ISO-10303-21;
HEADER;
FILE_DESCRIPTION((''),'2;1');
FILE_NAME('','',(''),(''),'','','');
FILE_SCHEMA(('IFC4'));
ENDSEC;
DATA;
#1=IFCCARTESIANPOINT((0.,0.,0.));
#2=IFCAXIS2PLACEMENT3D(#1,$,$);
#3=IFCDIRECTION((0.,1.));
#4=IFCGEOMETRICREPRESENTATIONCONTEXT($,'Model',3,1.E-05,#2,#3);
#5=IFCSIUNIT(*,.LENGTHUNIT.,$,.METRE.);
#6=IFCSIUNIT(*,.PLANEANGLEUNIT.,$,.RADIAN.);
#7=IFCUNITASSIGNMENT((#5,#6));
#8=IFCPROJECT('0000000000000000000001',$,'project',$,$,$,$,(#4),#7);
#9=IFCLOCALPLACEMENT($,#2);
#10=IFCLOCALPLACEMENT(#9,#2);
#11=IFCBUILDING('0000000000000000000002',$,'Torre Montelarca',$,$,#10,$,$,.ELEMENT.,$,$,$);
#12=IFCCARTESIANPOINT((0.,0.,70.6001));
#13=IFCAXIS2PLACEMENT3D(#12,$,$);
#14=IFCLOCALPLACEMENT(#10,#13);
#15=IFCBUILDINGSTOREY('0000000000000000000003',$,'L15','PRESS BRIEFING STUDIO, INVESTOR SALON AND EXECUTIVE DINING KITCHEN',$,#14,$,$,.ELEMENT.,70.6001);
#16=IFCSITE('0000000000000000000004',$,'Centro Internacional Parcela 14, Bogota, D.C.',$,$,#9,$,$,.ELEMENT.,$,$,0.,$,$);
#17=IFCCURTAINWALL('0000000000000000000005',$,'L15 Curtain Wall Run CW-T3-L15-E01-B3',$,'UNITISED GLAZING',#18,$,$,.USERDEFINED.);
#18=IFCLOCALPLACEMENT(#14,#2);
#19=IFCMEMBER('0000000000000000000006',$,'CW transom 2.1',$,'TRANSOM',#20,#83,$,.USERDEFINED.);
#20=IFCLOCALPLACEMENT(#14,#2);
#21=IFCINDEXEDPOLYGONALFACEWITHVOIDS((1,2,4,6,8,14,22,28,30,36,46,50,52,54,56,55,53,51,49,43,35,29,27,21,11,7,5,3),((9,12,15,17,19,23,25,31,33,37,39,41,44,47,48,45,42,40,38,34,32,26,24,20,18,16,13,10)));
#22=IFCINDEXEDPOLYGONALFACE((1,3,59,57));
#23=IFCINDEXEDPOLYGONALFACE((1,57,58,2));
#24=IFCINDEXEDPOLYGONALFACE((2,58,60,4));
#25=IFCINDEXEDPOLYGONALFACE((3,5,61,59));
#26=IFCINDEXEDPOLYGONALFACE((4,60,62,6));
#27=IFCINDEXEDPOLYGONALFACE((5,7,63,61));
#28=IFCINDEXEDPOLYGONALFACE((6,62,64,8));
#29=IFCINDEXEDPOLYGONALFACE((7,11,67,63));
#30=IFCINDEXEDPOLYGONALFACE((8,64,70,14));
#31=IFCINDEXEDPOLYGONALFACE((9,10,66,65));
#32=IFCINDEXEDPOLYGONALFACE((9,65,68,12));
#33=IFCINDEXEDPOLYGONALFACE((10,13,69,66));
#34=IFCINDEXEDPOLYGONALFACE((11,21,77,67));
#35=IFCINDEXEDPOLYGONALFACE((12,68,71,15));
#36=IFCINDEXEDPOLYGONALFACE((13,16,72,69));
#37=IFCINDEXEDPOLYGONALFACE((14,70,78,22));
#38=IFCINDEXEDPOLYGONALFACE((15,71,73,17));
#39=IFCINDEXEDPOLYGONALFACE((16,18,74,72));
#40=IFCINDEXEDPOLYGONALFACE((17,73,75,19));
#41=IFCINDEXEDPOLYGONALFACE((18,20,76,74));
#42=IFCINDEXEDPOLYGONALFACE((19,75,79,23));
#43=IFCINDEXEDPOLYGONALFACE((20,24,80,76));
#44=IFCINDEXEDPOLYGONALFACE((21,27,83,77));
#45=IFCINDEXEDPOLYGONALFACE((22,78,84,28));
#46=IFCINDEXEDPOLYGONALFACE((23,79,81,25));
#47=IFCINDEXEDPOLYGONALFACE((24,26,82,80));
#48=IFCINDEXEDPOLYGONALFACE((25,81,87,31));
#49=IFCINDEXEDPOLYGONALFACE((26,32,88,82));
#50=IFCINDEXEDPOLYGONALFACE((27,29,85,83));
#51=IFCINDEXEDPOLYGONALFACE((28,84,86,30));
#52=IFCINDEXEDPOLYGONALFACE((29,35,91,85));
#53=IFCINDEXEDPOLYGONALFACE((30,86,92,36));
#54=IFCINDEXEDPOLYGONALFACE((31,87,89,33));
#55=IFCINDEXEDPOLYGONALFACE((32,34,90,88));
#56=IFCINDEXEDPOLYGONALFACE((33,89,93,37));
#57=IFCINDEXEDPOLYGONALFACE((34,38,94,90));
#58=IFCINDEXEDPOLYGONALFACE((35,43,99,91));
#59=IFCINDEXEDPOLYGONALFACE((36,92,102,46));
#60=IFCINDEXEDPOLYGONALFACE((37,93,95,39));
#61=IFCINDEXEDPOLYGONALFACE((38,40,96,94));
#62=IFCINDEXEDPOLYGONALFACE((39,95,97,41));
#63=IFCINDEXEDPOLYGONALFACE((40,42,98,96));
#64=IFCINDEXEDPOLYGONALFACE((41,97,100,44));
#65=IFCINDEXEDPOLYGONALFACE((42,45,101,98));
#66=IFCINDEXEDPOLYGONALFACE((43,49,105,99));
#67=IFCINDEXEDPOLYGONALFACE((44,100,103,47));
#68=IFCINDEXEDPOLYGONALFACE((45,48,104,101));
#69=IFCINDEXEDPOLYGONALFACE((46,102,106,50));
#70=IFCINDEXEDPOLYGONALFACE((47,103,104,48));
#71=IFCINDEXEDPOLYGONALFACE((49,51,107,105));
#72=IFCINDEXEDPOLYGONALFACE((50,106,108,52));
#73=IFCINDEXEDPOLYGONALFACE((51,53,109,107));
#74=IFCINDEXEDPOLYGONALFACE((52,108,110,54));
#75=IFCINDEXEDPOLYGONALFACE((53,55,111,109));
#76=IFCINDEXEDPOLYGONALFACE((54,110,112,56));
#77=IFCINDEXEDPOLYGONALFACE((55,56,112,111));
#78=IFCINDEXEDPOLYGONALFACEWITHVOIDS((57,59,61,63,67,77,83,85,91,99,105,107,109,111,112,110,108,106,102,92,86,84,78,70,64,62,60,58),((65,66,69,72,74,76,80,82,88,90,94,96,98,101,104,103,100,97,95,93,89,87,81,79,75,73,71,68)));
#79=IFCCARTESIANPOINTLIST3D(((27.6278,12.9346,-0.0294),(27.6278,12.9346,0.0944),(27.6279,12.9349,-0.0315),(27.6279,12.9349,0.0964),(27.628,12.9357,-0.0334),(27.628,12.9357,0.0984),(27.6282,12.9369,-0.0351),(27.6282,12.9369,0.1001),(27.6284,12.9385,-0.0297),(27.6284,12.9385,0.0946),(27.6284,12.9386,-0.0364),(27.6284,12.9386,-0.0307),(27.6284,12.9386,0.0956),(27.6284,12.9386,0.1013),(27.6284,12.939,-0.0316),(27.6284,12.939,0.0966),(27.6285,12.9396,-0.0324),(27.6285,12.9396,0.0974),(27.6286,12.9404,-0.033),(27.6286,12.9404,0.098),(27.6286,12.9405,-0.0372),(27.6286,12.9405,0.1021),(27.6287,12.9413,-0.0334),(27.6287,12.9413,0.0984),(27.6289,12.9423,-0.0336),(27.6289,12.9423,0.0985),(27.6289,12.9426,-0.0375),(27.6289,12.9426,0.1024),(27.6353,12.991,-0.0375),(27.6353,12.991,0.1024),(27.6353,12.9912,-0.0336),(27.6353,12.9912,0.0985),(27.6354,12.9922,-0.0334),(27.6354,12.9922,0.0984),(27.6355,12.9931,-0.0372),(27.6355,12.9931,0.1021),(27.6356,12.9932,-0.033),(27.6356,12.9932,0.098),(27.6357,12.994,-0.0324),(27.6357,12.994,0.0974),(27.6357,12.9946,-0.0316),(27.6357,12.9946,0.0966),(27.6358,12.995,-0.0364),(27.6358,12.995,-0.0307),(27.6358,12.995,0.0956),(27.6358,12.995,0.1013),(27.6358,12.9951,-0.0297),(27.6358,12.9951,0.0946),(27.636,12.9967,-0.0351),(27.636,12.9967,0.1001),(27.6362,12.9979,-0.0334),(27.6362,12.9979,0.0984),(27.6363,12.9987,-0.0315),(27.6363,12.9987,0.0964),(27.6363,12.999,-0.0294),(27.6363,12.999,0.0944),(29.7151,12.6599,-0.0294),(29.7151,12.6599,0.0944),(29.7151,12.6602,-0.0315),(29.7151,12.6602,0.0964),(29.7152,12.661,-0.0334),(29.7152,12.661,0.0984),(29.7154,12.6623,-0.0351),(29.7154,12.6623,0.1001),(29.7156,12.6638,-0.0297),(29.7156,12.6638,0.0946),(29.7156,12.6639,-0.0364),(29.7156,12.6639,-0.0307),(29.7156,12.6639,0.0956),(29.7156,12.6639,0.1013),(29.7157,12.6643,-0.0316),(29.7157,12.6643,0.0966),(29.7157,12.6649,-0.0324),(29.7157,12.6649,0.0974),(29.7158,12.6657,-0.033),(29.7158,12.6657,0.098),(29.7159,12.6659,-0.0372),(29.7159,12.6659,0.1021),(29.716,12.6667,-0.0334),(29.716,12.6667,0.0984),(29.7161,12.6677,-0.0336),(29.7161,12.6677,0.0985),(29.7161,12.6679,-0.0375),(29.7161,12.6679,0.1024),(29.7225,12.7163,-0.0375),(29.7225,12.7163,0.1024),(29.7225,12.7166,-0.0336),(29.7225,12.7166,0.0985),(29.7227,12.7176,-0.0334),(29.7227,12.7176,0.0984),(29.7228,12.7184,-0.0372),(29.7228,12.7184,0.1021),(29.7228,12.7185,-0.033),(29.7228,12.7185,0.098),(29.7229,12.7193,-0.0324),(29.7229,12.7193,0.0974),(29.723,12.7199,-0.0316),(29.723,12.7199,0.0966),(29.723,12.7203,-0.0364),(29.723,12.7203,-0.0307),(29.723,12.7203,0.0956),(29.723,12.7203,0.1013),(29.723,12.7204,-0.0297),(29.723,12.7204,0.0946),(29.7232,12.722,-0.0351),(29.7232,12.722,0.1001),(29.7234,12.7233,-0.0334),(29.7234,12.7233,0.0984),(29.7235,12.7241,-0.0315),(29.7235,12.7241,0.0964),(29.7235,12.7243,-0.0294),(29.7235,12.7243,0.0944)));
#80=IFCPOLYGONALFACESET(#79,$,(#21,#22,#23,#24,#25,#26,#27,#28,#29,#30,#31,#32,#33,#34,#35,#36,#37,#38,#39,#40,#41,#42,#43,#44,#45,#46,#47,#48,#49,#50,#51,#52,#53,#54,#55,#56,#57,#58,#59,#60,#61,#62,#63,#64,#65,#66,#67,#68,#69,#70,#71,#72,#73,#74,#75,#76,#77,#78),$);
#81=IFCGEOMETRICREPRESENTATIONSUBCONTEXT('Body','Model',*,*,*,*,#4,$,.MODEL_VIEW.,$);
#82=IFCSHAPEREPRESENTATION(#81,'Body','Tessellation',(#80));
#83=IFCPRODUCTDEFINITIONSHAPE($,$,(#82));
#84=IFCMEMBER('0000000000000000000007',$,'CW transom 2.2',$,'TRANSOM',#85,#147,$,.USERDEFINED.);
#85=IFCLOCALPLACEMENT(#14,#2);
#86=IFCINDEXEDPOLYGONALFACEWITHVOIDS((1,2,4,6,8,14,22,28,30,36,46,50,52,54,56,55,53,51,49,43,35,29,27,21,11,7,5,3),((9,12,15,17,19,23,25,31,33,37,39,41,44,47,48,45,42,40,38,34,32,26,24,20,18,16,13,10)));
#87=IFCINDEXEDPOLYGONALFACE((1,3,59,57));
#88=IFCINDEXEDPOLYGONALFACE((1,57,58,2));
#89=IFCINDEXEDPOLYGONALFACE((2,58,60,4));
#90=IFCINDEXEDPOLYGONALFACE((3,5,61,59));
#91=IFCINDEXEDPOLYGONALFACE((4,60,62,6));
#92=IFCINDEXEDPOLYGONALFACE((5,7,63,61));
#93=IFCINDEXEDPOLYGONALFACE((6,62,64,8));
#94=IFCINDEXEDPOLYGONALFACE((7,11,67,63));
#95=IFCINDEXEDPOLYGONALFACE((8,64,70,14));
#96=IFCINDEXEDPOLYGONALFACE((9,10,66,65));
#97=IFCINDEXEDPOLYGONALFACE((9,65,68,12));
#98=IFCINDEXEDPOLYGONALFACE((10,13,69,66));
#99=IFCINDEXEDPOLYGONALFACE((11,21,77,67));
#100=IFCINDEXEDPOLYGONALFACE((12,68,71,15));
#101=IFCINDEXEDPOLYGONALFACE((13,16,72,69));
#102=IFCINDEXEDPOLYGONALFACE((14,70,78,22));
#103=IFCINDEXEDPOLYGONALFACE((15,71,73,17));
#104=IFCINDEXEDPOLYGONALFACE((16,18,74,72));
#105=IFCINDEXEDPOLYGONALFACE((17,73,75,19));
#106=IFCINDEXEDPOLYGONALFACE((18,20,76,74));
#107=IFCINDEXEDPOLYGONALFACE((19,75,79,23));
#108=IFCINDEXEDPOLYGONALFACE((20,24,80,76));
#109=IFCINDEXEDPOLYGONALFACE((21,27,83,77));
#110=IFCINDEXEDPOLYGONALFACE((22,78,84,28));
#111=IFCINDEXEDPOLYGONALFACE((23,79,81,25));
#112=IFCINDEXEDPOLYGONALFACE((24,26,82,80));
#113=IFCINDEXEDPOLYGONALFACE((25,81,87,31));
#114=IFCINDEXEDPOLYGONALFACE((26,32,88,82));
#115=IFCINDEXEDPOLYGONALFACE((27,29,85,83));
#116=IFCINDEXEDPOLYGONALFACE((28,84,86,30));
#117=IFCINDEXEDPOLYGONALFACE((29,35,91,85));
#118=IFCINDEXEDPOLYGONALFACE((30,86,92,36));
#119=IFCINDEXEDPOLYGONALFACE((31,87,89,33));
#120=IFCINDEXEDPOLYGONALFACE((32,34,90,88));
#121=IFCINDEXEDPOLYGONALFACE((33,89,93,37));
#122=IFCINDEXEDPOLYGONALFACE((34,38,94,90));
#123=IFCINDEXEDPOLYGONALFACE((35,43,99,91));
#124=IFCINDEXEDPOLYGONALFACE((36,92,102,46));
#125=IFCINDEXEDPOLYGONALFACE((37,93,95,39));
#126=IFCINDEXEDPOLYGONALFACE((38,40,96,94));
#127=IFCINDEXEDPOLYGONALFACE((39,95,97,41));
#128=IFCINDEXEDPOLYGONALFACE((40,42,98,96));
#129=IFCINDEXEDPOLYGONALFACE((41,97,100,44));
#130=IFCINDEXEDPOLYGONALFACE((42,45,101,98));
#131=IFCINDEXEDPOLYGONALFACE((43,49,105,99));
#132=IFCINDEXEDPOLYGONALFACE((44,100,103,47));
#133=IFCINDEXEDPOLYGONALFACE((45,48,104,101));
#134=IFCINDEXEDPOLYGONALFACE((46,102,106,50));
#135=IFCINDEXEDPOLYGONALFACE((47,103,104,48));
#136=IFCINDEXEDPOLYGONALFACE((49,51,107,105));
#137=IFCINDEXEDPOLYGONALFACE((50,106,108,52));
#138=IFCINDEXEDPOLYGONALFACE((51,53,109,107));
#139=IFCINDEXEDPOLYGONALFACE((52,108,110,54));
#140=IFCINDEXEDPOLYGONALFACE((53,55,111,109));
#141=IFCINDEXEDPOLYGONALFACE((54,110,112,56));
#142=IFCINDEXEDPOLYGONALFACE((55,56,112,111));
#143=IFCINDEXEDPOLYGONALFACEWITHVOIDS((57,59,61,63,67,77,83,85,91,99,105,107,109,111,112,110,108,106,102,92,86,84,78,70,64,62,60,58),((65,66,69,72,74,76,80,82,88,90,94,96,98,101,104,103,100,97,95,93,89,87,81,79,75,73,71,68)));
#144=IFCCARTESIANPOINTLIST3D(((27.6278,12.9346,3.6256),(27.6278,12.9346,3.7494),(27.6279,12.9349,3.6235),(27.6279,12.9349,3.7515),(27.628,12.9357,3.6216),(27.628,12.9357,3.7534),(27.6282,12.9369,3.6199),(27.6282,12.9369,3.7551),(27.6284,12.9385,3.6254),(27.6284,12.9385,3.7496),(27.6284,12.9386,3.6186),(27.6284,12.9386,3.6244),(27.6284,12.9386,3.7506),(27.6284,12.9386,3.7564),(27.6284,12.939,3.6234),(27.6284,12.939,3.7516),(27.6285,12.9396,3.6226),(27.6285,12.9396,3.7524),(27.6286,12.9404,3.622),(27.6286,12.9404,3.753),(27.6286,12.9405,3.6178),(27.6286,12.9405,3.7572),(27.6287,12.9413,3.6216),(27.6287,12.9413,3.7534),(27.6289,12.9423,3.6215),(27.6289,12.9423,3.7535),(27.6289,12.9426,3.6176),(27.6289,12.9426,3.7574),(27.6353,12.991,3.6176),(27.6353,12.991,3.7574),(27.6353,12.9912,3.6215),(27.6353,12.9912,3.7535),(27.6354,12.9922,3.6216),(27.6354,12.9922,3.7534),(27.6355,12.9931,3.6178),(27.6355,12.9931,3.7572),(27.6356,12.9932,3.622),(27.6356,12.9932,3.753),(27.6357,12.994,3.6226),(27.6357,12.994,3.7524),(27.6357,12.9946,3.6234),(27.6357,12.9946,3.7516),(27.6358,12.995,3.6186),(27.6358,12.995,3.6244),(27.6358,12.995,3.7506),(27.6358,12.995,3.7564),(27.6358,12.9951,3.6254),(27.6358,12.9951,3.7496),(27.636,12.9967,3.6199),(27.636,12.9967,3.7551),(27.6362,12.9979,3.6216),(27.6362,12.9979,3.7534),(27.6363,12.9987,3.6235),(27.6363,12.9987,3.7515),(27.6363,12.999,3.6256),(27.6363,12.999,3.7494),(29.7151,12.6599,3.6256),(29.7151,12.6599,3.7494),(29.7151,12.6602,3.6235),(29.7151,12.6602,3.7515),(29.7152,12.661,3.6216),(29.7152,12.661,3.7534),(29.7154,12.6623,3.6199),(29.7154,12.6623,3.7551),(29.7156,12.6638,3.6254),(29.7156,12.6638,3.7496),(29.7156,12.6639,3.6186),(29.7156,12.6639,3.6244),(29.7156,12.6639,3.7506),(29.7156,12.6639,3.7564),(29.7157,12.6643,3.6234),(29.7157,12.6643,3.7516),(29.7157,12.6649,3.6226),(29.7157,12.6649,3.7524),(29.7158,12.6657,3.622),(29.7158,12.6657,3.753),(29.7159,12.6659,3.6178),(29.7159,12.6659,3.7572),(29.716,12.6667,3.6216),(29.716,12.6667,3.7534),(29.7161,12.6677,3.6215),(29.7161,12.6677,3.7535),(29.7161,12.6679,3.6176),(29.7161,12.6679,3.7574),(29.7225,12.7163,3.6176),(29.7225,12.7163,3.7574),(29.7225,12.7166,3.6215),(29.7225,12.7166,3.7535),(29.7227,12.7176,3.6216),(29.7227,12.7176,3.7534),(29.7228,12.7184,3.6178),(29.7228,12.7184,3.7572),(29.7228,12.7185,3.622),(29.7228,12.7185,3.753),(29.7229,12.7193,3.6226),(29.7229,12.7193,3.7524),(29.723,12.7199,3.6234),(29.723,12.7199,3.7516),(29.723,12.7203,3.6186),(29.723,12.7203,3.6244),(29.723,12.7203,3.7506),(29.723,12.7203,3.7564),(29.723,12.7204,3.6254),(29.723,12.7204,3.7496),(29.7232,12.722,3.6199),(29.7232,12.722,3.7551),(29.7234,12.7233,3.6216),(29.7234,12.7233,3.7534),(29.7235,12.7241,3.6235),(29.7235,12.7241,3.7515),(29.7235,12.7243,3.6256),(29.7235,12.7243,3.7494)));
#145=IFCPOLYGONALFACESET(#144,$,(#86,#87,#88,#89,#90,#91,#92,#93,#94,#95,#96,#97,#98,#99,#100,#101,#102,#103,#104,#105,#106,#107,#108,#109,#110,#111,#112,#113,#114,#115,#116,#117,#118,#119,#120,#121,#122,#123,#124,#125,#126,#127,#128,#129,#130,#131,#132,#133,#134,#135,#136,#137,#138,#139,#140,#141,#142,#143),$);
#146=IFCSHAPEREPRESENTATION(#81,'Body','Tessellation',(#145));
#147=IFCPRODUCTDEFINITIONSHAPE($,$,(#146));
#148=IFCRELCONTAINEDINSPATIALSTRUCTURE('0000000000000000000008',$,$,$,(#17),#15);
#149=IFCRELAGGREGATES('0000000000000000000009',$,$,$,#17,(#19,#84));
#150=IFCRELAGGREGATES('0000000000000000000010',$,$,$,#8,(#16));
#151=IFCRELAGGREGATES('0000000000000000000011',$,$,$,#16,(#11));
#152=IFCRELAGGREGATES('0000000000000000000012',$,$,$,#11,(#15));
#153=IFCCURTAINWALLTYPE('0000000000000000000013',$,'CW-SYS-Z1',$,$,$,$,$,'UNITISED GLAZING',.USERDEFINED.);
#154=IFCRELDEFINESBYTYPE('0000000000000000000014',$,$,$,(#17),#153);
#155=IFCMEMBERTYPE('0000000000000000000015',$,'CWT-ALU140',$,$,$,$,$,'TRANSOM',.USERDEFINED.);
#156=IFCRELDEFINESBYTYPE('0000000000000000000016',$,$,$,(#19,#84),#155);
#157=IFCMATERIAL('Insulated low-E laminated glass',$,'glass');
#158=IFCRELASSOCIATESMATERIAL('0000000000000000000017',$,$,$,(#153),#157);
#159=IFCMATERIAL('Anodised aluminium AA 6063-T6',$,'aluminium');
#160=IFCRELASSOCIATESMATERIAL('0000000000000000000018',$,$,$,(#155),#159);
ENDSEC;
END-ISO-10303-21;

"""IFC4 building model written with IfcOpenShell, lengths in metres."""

from ifc_helpers import new_model, si_unit, direction, frame, origin, origin_2d, place, context, subcontext, project, spatial, hollow_rectangle, extrude, source, transform, mapped, material, material_profile, profile_set, type_object, element, aggregate, save


model = new_model("IFC4")

# Units and contexts
model_context = context("Model", 3, precision=1e-05, world=origin(), true_north=direction((0.0, 1.0)))
body_context = subcontext(model_context, "Body", "Model", "MODEL_VIEW")
ifc_project = project(units=[si_unit("LENGTHUNIT", "METRE"), si_unit("PLANEANGLEUNIT", "RADIAN")], contexts=[model_context])

# Site, building, storey
site_placement = place(None, origin())
site = spatial("IfcSite", under=ifc_project, at=site_placement, Name="Centro Internacional Parcela 14, Bogota, D.C.", CompositionType="ELEMENT", RefElevation=0.0)
building_placement = place(site_placement, origin())
building = spatial("IfcBuilding", under=site, at=building_placement, Name="Torre Montelarca", CompositionType="ELEMENT")
storey_placement = place(building_placement, frame((0.0, 0.0, 70.6001)))
storey = spatial("IfcBuildingStorey", under=building, at=storey_placement, Name="L15", Description="PRESS BRIEFING STUDIO, INVESTOR SALON AND EXECUTIVE DINING KITCHEN", CompositionType="ELEMENT", Elevation=70.6001)

# Curtain wall, members
ifc_material_1 = material(Name="Insulated low-E laminated glass", Category="glass")
curtain_wall_type = type_object("IfcCurtainWallType", Name="CW-SYS-Z1", ElementType="UNITISED GLAZING", PredefinedType="USERDEFINED", material=ifc_material_1)
ifc_material_2 = material(Name="Anodised aluminium AA 6063-T6", Category="aluminium")
ifc_material_profile_1 = material_profile(ifc_material_2, hollow_rectangle(XDim=0.0649, YDim=0.1399, WallThickness=0.0039, InnerFilletRadius=0.0039, OuterFilletRadius=0.0081, at=origin_2d()), Name="ALU65X140X4", Category="aluminium")
ifc_profile_set_1 = profile_set([ifc_material_profile_1], Name="Anodised aluminium AA 6063-T6")
member_type_1 = type_object("IfcMemberType", Name="CWT-ALU140", ElementType="TRANSOM", PredefinedType="USERDEFINED", material=ifc_profile_set_1)
curtain_wall_1_placement = place(storey_placement, origin())
curtain_wall_1 = element("IfcCurtainWall", 1, at=curtain_wall_1_placement, inside=storey, type_object=curtain_wall_type, Name="L15 Curtain Wall Run CW-T3-L15-E01-B3", ObjectType="UNITISED GLAZING", PredefinedType="USERDEFINED")
shared_shape_1 = source(origin(), body_context, "Body", "SweptSolid", [
    extrude(hollow_rectangle(XDim=0.0649, YDim=0.1399, WallThickness=0.0039, InnerFilletRadius=0.0039, OuterFilletRadius=0.0081, at=origin_2d()), origin(), (0.0, 0.0, 1.0), 2.1052),
])
member_1_placement = place(storey_placement, frame((27.6321, 12.9668, 0.0325), z_axis=(0.991452, -0.13047, 0.0), x_axis=(0.13047, 0.991452, 0.0)))
member_1 = element("IfcMember", 2, at=member_1_placement, type_object=member_type_1, Name="CW transom 2.1", ObjectType="TRANSOM", PredefinedType="USERDEFINED", context=body_context, shape_type="MappedRepresentation", body=[
    mapped(shared_shape_1, transform((0.0, 0.0, 0.0), scale=1.0)),
])
member_2_placement = place(storey_placement, frame((27.6321, 12.9668, 3.6875), z_axis=(0.991452, -0.13047, 0.0), x_axis=(0.13047, 0.991452, 0.0)))
member_2 = element("IfcMember", 3, at=member_2_placement, type_object=member_type_1, Name="CW transom 2.2", ObjectType="TRANSOM", PredefinedType="USERDEFINED", context=body_context, shape_type="MappedRepresentation", body=[
    mapped(shared_shape_1, transform((0.0, 0.0, 0.0), scale=1.0)),
])

aggregate(curtain_wall_1, [member_1, member_2])

save(model, "model.ifc")
